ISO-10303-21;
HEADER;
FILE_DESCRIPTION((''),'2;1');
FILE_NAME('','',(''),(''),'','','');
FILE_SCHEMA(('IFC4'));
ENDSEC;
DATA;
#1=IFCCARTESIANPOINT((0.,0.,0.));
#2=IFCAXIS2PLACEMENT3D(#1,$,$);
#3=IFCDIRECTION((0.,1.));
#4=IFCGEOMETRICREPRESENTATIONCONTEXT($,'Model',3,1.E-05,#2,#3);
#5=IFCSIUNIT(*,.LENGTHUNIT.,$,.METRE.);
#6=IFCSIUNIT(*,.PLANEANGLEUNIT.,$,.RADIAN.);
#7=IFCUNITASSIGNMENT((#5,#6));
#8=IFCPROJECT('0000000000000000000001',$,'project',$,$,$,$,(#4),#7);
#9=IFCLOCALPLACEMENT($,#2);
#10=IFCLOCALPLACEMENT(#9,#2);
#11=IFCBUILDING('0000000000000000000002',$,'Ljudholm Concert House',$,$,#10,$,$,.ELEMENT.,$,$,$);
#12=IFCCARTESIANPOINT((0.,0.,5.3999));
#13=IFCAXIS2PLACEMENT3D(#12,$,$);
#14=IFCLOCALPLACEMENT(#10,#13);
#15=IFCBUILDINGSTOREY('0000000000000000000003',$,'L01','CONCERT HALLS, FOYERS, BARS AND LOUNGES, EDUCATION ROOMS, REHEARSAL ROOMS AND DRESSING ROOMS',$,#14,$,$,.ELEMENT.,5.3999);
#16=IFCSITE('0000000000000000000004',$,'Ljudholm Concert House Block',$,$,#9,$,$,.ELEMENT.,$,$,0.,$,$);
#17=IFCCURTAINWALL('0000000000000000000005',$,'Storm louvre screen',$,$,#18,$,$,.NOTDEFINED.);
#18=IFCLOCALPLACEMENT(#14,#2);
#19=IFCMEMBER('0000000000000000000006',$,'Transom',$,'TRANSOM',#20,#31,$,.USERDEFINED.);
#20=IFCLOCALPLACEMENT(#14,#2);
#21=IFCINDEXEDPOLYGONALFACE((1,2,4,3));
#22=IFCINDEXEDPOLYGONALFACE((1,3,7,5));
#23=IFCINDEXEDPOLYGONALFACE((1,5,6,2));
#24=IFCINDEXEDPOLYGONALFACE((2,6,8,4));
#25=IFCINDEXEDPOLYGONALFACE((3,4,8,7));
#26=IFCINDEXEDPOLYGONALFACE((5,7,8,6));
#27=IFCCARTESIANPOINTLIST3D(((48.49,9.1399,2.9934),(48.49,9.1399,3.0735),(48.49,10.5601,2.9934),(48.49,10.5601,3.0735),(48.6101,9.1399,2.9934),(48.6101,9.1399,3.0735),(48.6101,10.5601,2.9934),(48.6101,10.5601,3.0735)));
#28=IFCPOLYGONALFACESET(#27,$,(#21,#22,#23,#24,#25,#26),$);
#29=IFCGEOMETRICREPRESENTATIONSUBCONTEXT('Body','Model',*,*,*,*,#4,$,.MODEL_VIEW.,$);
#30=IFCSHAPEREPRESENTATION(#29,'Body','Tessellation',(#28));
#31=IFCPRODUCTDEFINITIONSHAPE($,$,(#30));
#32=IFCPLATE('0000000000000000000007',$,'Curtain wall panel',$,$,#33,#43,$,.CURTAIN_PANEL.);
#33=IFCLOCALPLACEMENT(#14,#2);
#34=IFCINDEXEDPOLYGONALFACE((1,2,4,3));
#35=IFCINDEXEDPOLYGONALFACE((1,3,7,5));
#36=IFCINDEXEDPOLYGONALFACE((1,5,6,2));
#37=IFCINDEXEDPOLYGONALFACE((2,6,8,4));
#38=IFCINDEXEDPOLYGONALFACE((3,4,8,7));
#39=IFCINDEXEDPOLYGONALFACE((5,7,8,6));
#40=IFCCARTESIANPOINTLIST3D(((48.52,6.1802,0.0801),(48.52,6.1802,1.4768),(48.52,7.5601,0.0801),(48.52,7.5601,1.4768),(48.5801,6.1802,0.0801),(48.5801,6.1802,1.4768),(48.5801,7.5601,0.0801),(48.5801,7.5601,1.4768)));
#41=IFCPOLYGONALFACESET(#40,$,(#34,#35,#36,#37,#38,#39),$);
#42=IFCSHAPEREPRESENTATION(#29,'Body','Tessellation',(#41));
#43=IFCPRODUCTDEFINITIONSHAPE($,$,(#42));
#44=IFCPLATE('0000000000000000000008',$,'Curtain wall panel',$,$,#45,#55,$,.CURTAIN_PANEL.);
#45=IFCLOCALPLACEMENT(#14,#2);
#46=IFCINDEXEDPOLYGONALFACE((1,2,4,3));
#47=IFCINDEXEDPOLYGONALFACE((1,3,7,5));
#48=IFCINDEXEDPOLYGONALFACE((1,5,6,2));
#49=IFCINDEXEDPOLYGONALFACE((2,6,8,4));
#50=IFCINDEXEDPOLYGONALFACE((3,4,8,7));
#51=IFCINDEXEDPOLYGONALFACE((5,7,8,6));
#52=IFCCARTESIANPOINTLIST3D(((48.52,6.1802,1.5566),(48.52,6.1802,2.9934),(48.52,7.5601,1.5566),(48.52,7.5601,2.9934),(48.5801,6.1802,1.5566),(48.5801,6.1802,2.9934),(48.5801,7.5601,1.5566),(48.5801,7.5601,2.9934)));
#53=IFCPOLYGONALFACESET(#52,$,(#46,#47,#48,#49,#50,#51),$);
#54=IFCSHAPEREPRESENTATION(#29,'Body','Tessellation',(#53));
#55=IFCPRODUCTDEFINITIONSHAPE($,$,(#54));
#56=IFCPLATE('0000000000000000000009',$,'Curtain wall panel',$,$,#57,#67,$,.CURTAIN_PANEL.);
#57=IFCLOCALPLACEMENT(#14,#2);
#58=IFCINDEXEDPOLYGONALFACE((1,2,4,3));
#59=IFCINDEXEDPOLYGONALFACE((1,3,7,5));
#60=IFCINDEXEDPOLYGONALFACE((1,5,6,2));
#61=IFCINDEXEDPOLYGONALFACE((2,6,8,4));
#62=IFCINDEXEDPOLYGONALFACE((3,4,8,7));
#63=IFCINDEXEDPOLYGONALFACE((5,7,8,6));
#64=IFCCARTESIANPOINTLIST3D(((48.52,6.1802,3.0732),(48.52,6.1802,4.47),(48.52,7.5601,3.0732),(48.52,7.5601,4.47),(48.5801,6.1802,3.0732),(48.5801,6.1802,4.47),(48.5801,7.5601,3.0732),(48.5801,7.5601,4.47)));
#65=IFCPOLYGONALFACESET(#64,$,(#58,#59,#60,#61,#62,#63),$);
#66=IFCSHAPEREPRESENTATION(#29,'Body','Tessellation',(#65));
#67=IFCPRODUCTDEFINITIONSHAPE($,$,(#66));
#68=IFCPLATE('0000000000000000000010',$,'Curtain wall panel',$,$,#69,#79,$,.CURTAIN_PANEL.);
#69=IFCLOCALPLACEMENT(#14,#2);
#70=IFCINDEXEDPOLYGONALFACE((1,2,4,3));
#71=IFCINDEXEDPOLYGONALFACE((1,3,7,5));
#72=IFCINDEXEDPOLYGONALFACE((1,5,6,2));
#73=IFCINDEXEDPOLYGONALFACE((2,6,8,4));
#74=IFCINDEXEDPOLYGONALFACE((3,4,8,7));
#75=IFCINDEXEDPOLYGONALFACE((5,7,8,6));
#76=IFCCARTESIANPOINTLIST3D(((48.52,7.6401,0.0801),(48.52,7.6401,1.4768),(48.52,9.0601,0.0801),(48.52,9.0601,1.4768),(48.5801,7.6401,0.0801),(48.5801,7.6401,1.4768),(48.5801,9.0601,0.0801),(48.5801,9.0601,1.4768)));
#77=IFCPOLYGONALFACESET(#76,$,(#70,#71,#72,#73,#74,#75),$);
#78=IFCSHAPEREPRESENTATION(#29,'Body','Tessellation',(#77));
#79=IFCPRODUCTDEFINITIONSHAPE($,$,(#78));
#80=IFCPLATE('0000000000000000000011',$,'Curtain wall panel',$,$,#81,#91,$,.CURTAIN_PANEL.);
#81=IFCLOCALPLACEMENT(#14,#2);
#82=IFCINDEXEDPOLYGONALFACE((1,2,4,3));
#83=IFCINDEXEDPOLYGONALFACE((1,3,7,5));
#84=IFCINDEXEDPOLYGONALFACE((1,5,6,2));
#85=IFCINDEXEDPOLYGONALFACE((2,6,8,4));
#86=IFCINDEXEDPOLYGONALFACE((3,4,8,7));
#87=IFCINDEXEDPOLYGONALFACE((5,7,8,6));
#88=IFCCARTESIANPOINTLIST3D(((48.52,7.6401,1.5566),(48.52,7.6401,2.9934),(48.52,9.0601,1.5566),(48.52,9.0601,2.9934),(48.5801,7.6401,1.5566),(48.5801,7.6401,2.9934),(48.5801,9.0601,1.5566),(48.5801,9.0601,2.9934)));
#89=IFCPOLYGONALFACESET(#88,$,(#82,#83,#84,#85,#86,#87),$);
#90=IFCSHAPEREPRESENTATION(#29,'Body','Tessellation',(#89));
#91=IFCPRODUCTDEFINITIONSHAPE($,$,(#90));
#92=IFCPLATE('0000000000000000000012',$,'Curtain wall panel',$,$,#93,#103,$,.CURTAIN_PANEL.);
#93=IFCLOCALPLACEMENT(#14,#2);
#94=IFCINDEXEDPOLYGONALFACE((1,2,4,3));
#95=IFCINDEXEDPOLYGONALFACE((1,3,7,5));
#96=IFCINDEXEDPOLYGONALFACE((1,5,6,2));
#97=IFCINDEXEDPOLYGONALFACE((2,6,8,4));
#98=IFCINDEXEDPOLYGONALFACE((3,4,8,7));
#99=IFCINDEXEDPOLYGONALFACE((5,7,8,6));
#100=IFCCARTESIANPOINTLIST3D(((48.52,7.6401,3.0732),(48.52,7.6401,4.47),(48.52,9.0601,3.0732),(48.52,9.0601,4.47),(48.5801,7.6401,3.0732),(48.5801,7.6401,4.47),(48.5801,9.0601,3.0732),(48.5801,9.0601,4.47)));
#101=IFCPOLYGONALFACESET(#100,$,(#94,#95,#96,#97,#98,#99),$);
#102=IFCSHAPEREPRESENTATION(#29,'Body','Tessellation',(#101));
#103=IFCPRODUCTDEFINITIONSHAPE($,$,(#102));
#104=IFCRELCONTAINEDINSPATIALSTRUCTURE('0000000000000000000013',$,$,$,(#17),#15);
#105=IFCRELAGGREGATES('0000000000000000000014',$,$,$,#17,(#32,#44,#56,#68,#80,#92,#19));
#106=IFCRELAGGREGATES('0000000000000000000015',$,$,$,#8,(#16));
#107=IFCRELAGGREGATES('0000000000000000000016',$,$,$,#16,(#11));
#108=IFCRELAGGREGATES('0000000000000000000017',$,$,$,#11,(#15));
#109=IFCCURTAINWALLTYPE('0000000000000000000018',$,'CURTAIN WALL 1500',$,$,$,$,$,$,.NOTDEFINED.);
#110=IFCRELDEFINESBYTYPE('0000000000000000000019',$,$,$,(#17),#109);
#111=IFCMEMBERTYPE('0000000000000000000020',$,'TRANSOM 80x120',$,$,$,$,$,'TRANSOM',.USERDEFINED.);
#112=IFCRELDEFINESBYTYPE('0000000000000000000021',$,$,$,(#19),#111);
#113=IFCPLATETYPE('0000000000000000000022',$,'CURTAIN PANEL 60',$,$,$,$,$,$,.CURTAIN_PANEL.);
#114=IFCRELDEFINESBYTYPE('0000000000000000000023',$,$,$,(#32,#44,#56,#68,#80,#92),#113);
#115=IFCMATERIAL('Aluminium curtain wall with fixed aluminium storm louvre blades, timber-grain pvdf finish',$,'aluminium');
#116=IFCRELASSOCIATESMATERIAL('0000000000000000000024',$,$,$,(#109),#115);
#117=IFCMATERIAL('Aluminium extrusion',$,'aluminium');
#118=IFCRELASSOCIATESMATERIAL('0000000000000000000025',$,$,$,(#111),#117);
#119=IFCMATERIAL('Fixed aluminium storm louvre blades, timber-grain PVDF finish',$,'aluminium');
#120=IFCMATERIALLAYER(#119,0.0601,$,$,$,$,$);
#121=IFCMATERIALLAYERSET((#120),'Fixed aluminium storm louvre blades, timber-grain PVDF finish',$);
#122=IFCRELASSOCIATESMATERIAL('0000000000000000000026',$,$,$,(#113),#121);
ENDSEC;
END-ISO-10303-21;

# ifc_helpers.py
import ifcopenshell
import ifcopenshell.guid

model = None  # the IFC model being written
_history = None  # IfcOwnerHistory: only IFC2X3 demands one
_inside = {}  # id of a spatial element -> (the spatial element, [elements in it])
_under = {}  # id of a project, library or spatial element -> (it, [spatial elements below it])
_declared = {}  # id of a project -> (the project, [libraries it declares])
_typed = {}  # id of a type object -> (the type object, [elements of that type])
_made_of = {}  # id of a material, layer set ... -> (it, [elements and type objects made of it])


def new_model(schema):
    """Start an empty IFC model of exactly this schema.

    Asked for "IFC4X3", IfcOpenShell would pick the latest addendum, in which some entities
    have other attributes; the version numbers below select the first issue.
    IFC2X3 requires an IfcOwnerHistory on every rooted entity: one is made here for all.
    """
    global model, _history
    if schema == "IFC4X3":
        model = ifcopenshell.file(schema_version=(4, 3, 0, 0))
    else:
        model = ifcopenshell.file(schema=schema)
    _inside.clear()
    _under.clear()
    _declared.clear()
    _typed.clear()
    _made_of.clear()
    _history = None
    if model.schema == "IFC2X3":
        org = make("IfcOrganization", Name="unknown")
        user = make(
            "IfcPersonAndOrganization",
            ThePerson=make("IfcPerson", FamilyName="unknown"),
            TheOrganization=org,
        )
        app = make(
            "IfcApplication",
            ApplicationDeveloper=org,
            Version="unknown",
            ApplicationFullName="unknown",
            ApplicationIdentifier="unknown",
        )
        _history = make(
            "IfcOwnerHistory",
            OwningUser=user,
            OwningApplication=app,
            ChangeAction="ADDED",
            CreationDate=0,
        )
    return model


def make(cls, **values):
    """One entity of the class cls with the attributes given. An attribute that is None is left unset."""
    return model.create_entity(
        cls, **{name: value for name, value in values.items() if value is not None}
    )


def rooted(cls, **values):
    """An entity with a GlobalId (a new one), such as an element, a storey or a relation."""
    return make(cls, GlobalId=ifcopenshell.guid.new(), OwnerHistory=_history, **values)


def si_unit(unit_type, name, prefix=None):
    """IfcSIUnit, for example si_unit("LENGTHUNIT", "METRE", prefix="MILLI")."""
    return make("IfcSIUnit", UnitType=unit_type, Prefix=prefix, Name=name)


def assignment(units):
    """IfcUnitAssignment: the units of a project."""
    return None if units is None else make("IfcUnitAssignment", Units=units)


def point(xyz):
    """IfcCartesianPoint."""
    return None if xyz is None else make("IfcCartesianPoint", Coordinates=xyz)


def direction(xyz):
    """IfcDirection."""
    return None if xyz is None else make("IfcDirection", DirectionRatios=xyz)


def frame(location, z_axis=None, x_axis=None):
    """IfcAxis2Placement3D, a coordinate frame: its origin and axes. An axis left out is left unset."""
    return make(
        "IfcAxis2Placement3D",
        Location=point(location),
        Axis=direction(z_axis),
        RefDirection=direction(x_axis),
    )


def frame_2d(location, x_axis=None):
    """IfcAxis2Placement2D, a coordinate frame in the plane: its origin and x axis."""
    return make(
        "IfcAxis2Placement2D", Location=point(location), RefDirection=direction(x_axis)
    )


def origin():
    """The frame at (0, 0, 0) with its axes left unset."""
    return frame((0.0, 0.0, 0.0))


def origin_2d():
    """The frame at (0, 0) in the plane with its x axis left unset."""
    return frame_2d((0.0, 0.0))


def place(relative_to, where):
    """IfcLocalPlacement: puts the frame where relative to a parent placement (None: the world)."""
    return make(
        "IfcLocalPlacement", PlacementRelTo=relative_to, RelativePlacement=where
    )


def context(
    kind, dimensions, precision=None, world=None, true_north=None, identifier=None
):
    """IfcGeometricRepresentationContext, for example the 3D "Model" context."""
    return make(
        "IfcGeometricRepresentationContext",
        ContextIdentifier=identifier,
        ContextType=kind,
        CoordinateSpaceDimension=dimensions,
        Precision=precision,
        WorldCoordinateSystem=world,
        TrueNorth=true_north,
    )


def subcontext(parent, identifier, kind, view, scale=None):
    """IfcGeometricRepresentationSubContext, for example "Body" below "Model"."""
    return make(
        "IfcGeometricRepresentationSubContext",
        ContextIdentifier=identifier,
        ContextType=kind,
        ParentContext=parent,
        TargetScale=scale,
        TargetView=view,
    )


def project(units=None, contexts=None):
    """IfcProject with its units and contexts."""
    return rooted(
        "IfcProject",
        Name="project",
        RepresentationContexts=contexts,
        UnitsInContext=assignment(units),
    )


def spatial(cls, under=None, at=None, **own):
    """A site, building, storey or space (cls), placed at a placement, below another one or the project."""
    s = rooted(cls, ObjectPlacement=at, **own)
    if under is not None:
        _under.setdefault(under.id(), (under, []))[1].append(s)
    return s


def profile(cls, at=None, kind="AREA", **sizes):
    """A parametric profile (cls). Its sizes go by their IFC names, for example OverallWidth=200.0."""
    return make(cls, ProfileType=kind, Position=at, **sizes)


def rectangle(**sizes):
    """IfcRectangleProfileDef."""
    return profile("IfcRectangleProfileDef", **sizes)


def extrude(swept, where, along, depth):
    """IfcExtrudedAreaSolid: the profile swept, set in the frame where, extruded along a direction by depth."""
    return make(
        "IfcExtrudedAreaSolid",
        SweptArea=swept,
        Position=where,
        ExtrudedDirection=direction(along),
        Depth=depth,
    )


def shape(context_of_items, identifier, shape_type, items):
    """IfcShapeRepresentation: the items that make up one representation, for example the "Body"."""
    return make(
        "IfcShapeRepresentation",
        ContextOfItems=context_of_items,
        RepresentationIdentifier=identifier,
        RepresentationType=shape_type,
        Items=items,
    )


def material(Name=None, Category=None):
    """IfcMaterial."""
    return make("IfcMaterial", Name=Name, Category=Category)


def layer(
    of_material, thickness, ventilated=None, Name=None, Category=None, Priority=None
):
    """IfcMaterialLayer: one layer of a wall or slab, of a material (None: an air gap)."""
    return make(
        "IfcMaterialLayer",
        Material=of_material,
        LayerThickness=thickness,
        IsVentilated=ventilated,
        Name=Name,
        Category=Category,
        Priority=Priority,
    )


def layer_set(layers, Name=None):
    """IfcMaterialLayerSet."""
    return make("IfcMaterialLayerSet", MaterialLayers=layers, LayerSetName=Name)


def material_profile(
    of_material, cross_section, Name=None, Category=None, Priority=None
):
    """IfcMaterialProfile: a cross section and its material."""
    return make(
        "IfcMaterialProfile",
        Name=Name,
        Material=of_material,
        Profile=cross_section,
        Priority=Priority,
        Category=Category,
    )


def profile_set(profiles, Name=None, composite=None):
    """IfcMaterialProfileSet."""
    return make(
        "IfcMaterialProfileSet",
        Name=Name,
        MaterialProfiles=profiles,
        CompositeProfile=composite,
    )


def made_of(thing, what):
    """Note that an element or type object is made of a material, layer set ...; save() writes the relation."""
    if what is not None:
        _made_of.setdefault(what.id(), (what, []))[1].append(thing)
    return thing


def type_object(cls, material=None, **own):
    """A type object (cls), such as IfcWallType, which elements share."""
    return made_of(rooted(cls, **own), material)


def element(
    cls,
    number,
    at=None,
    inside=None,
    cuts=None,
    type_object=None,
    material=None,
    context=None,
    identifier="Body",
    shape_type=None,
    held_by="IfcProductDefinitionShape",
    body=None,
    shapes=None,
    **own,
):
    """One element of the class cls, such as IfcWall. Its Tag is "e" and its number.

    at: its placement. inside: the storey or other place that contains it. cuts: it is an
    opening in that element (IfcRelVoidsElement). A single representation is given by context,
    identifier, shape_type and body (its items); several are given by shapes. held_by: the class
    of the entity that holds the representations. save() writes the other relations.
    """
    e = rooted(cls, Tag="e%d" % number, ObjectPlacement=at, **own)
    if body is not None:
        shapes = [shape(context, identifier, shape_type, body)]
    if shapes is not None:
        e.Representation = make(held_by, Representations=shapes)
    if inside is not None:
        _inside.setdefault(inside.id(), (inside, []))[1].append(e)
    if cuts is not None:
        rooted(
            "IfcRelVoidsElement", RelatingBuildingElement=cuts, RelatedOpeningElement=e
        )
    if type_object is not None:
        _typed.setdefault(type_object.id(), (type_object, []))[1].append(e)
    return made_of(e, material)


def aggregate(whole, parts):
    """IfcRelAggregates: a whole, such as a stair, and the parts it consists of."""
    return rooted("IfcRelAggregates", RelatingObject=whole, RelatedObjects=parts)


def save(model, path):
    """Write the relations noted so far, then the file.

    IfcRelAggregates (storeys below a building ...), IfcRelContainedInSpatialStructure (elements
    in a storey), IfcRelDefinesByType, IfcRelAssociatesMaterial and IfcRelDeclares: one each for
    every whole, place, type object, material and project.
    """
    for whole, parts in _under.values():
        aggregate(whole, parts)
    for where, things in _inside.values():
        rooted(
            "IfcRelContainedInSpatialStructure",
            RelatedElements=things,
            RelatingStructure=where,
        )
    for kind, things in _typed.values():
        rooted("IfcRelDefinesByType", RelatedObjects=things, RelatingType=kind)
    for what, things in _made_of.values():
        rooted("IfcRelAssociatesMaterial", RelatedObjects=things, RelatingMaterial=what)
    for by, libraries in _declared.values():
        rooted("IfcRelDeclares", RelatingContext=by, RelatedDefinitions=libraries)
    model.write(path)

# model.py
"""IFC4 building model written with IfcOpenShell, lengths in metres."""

from ifc_helpers import new_model, si_unit, direction, frame, origin, origin_2d, place, context, subcontext, project, spatial, rectangle, extrude, material, layer, layer_set, material_profile, profile_set, type_object, element, aggregate, save


model = new_model("IFC4")

# Units and contexts
model_context = context("Model", 3, precision=1e-05, world=origin(), true_north=direction((0.0, 1.0)))
body_context = subcontext(model_context, "Body", "Model", "MODEL_VIEW")
ifc_project = project(units=[si_unit("LENGTHUNIT", "METRE"), si_unit("PLANEANGLEUNIT", "RADIAN")], contexts=[model_context])

# Site, building, storey
site_placement = place(None, origin())
site = spatial("IfcSite", under=ifc_project, at=site_placement, Name="Ljudholm Concert House Block", CompositionType="ELEMENT", RefElevation=0.0)
building_placement = place(site_placement, origin())
building = spatial("IfcBuilding", under=site, at=building_placement, Name="Ljudholm Concert House", CompositionType="ELEMENT")
storey_placement = place(building_placement, frame((0.0, 0.0, 5.3999)))
storey = spatial("IfcBuildingStorey", under=building, at=storey_placement, Name="L01", Description="CONCERT HALLS, FOYERS, BARS AND LOUNGES, EDUCATION ROOMS, REHEARSAL ROOMS AND DRESSING ROOMS", CompositionType="ELEMENT", Elevation=5.3999)

# Curtain wall, member, plates
ifc_material_1 = material(Name="Aluminium curtain wall with fixed aluminium storm louvre blades, timber-grain pvdf finish", Category="aluminium")
curtain_wall_type = type_object("IfcCurtainWallType", Name="CURTAIN WALL 1500", PredefinedType="NOTDEFINED", material=ifc_material_1)
curtain_wall_placement = place(storey_placement, origin())
curtain_wall = element("IfcCurtainWall", 1, at=curtain_wall_placement, inside=storey, type_object=curtain_wall_type, Name="Storm louvre screen", PredefinedType="NOTDEFINED")
ifc_material_2 = material(Name="Aluminium extrusion", Category="aluminium")
ifc_material_profile_1 = material_profile(ifc_material_2, rectangle(XDim=0.1201, YDim=0.0801, at=origin_2d()), Name="TRANSOM 80x120")
ifc_profile_set_1 = profile_set([ifc_material_profile_1], Name="Aluminium extrusion")
member_type_1 = type_object("IfcMemberType", Name="TRANSOM 80x120", ElementType="TRANSOM", PredefinedType="USERDEFINED", material=ifc_profile_set_1)
member_1_placement = place(storey_placement, frame((48.55, 9.1399, 3.0334), z_axis=(0.0, 1.0, 0.0), x_axis=(-1.0, 0.0, 0.0)))
member_1 = element("IfcMember", 2, at=member_1_placement, type_object=member_type_1, Name="Transom", ObjectType="TRANSOM", PredefinedType="USERDEFINED", context=body_context, shape_type="SweptSolid", body=[
    extrude(rectangle(XDim=0.1201, YDim=0.0801, at=origin_2d()), origin(), (0.0, 0.0, 1.0), 1.4202),
])
ifc_material_3 = material(Name="Fixed aluminium storm louvre blades, timber-grain PVDF finish", Category="aluminium")
ifc_layer_1 = layer(ifc_material_3, 0.0601)
ifc_layer_set_1 = layer_set([ifc_layer_1], Name="Fixed aluminium storm louvre blades, timber-grain PVDF finish")
plate_type = type_object("IfcPlateType", Name="CURTAIN PANEL 60", PredefinedType="CURTAIN_PANEL", material=ifc_layer_set_1)
plate_1_placement = place(storey_placement, frame((48.55, 6.8701, 0.0801), z_axis=(0.0, 0.0, 1.0), x_axis=(0.0, 1.0, 0.0)))
plate_1 = element("IfcPlate", 3, at=plate_1_placement, type_object=plate_type, Name="Curtain wall panel", PredefinedType="CURTAIN_PANEL", context=body_context, shape_type="SweptSolid", body=[
    extrude(rectangle(XDim=1.3799, YDim=0.0601, at=origin_2d()), origin(), (0.0, 0.0, 1.0), 1.3967),
])
plate_2_placement = place(storey_placement, frame((48.55, 6.8701, 1.5566), z_axis=(0.0, 0.0, 1.0), x_axis=(0.0, 1.0, 0.0)))
plate_2 = element("IfcPlate", 4, at=plate_2_placement, type_object=plate_type, Name="Curtain wall panel", PredefinedType="CURTAIN_PANEL", context=body_context, shape_type="SweptSolid", body=[
    extrude(rectangle(XDim=1.3799, YDim=0.0601, at=origin_2d()), origin(), (0.0, 0.0, 1.0), 1.4368),
])
plate_3_placement = place(storey_placement, frame((48.55, 6.8701, 3.0732), z_axis=(0.0, 0.0, 1.0), x_axis=(0.0, 1.0, 0.0)))
plate_3 = element("IfcPlate", 5, at=plate_3_placement, type_object=plate_type, Name="Curtain wall panel", PredefinedType="CURTAIN_PANEL", context=body_context, shape_type="SweptSolid", body=[
    extrude(rectangle(XDim=1.3799, YDim=0.0601, at=origin_2d()), origin(), (0.0, 0.0, 1.0), 1.3967),
])
plate_4_placement = place(storey_placement, frame((48.55, 8.3501, 0.0801), z_axis=(0.0, 0.0, 1.0), x_axis=(0.0, 1.0, 0.0)))
plate_4 = element("IfcPlate", 6, at=plate_4_placement, type_object=plate_type, Name="Curtain wall panel", PredefinedType="CURTAIN_PANEL", context=body_context, shape_type="SweptSolid", body=[
    extrude(rectangle(XDim=1.4199, YDim=0.0601, at=origin_2d()), origin(), (0.0, 0.0, 1.0), 1.3967),
])
plate_5_placement = place(storey_placement, frame((48.55, 8.3501, 1.5566), z_axis=(0.0, 0.0, 1.0), x_axis=(0.0, 1.0, 0.0)))
plate_5 = element("IfcPlate", 7, at=plate_5_placement, type_object=plate_type, Name="Curtain wall panel", PredefinedType="CURTAIN_PANEL", context=body_context, shape_type="SweptSolid", body=[
    extrude(rectangle(XDim=1.4199, YDim=0.0601, at=origin_2d()), origin(), (0.0, 0.0, 1.0), 1.4368),
])
plate_6_placement = place(storey_placement, frame((48.55, 8.3501, 3.0732), z_axis=(0.0, 0.0, 1.0), x_axis=(0.0, 1.0, 0.0)))
plate_6 = element("IfcPlate", 8, at=plate_6_placement, type_object=plate_type, Name="Curtain wall panel", PredefinedType="CURTAIN_PANEL", context=body_context, shape_type="SweptSolid", body=[
    extrude(rectangle(XDim=1.4199, YDim=0.0601, at=origin_2d()), origin(), (0.0, 0.0, 1.0), 1.3967),
])
aggregate(curtain_wall, [plate_1, plate_2, plate_3, plate_4, plate_5, plate_6, member_1])

save(model, "model.ifc")
